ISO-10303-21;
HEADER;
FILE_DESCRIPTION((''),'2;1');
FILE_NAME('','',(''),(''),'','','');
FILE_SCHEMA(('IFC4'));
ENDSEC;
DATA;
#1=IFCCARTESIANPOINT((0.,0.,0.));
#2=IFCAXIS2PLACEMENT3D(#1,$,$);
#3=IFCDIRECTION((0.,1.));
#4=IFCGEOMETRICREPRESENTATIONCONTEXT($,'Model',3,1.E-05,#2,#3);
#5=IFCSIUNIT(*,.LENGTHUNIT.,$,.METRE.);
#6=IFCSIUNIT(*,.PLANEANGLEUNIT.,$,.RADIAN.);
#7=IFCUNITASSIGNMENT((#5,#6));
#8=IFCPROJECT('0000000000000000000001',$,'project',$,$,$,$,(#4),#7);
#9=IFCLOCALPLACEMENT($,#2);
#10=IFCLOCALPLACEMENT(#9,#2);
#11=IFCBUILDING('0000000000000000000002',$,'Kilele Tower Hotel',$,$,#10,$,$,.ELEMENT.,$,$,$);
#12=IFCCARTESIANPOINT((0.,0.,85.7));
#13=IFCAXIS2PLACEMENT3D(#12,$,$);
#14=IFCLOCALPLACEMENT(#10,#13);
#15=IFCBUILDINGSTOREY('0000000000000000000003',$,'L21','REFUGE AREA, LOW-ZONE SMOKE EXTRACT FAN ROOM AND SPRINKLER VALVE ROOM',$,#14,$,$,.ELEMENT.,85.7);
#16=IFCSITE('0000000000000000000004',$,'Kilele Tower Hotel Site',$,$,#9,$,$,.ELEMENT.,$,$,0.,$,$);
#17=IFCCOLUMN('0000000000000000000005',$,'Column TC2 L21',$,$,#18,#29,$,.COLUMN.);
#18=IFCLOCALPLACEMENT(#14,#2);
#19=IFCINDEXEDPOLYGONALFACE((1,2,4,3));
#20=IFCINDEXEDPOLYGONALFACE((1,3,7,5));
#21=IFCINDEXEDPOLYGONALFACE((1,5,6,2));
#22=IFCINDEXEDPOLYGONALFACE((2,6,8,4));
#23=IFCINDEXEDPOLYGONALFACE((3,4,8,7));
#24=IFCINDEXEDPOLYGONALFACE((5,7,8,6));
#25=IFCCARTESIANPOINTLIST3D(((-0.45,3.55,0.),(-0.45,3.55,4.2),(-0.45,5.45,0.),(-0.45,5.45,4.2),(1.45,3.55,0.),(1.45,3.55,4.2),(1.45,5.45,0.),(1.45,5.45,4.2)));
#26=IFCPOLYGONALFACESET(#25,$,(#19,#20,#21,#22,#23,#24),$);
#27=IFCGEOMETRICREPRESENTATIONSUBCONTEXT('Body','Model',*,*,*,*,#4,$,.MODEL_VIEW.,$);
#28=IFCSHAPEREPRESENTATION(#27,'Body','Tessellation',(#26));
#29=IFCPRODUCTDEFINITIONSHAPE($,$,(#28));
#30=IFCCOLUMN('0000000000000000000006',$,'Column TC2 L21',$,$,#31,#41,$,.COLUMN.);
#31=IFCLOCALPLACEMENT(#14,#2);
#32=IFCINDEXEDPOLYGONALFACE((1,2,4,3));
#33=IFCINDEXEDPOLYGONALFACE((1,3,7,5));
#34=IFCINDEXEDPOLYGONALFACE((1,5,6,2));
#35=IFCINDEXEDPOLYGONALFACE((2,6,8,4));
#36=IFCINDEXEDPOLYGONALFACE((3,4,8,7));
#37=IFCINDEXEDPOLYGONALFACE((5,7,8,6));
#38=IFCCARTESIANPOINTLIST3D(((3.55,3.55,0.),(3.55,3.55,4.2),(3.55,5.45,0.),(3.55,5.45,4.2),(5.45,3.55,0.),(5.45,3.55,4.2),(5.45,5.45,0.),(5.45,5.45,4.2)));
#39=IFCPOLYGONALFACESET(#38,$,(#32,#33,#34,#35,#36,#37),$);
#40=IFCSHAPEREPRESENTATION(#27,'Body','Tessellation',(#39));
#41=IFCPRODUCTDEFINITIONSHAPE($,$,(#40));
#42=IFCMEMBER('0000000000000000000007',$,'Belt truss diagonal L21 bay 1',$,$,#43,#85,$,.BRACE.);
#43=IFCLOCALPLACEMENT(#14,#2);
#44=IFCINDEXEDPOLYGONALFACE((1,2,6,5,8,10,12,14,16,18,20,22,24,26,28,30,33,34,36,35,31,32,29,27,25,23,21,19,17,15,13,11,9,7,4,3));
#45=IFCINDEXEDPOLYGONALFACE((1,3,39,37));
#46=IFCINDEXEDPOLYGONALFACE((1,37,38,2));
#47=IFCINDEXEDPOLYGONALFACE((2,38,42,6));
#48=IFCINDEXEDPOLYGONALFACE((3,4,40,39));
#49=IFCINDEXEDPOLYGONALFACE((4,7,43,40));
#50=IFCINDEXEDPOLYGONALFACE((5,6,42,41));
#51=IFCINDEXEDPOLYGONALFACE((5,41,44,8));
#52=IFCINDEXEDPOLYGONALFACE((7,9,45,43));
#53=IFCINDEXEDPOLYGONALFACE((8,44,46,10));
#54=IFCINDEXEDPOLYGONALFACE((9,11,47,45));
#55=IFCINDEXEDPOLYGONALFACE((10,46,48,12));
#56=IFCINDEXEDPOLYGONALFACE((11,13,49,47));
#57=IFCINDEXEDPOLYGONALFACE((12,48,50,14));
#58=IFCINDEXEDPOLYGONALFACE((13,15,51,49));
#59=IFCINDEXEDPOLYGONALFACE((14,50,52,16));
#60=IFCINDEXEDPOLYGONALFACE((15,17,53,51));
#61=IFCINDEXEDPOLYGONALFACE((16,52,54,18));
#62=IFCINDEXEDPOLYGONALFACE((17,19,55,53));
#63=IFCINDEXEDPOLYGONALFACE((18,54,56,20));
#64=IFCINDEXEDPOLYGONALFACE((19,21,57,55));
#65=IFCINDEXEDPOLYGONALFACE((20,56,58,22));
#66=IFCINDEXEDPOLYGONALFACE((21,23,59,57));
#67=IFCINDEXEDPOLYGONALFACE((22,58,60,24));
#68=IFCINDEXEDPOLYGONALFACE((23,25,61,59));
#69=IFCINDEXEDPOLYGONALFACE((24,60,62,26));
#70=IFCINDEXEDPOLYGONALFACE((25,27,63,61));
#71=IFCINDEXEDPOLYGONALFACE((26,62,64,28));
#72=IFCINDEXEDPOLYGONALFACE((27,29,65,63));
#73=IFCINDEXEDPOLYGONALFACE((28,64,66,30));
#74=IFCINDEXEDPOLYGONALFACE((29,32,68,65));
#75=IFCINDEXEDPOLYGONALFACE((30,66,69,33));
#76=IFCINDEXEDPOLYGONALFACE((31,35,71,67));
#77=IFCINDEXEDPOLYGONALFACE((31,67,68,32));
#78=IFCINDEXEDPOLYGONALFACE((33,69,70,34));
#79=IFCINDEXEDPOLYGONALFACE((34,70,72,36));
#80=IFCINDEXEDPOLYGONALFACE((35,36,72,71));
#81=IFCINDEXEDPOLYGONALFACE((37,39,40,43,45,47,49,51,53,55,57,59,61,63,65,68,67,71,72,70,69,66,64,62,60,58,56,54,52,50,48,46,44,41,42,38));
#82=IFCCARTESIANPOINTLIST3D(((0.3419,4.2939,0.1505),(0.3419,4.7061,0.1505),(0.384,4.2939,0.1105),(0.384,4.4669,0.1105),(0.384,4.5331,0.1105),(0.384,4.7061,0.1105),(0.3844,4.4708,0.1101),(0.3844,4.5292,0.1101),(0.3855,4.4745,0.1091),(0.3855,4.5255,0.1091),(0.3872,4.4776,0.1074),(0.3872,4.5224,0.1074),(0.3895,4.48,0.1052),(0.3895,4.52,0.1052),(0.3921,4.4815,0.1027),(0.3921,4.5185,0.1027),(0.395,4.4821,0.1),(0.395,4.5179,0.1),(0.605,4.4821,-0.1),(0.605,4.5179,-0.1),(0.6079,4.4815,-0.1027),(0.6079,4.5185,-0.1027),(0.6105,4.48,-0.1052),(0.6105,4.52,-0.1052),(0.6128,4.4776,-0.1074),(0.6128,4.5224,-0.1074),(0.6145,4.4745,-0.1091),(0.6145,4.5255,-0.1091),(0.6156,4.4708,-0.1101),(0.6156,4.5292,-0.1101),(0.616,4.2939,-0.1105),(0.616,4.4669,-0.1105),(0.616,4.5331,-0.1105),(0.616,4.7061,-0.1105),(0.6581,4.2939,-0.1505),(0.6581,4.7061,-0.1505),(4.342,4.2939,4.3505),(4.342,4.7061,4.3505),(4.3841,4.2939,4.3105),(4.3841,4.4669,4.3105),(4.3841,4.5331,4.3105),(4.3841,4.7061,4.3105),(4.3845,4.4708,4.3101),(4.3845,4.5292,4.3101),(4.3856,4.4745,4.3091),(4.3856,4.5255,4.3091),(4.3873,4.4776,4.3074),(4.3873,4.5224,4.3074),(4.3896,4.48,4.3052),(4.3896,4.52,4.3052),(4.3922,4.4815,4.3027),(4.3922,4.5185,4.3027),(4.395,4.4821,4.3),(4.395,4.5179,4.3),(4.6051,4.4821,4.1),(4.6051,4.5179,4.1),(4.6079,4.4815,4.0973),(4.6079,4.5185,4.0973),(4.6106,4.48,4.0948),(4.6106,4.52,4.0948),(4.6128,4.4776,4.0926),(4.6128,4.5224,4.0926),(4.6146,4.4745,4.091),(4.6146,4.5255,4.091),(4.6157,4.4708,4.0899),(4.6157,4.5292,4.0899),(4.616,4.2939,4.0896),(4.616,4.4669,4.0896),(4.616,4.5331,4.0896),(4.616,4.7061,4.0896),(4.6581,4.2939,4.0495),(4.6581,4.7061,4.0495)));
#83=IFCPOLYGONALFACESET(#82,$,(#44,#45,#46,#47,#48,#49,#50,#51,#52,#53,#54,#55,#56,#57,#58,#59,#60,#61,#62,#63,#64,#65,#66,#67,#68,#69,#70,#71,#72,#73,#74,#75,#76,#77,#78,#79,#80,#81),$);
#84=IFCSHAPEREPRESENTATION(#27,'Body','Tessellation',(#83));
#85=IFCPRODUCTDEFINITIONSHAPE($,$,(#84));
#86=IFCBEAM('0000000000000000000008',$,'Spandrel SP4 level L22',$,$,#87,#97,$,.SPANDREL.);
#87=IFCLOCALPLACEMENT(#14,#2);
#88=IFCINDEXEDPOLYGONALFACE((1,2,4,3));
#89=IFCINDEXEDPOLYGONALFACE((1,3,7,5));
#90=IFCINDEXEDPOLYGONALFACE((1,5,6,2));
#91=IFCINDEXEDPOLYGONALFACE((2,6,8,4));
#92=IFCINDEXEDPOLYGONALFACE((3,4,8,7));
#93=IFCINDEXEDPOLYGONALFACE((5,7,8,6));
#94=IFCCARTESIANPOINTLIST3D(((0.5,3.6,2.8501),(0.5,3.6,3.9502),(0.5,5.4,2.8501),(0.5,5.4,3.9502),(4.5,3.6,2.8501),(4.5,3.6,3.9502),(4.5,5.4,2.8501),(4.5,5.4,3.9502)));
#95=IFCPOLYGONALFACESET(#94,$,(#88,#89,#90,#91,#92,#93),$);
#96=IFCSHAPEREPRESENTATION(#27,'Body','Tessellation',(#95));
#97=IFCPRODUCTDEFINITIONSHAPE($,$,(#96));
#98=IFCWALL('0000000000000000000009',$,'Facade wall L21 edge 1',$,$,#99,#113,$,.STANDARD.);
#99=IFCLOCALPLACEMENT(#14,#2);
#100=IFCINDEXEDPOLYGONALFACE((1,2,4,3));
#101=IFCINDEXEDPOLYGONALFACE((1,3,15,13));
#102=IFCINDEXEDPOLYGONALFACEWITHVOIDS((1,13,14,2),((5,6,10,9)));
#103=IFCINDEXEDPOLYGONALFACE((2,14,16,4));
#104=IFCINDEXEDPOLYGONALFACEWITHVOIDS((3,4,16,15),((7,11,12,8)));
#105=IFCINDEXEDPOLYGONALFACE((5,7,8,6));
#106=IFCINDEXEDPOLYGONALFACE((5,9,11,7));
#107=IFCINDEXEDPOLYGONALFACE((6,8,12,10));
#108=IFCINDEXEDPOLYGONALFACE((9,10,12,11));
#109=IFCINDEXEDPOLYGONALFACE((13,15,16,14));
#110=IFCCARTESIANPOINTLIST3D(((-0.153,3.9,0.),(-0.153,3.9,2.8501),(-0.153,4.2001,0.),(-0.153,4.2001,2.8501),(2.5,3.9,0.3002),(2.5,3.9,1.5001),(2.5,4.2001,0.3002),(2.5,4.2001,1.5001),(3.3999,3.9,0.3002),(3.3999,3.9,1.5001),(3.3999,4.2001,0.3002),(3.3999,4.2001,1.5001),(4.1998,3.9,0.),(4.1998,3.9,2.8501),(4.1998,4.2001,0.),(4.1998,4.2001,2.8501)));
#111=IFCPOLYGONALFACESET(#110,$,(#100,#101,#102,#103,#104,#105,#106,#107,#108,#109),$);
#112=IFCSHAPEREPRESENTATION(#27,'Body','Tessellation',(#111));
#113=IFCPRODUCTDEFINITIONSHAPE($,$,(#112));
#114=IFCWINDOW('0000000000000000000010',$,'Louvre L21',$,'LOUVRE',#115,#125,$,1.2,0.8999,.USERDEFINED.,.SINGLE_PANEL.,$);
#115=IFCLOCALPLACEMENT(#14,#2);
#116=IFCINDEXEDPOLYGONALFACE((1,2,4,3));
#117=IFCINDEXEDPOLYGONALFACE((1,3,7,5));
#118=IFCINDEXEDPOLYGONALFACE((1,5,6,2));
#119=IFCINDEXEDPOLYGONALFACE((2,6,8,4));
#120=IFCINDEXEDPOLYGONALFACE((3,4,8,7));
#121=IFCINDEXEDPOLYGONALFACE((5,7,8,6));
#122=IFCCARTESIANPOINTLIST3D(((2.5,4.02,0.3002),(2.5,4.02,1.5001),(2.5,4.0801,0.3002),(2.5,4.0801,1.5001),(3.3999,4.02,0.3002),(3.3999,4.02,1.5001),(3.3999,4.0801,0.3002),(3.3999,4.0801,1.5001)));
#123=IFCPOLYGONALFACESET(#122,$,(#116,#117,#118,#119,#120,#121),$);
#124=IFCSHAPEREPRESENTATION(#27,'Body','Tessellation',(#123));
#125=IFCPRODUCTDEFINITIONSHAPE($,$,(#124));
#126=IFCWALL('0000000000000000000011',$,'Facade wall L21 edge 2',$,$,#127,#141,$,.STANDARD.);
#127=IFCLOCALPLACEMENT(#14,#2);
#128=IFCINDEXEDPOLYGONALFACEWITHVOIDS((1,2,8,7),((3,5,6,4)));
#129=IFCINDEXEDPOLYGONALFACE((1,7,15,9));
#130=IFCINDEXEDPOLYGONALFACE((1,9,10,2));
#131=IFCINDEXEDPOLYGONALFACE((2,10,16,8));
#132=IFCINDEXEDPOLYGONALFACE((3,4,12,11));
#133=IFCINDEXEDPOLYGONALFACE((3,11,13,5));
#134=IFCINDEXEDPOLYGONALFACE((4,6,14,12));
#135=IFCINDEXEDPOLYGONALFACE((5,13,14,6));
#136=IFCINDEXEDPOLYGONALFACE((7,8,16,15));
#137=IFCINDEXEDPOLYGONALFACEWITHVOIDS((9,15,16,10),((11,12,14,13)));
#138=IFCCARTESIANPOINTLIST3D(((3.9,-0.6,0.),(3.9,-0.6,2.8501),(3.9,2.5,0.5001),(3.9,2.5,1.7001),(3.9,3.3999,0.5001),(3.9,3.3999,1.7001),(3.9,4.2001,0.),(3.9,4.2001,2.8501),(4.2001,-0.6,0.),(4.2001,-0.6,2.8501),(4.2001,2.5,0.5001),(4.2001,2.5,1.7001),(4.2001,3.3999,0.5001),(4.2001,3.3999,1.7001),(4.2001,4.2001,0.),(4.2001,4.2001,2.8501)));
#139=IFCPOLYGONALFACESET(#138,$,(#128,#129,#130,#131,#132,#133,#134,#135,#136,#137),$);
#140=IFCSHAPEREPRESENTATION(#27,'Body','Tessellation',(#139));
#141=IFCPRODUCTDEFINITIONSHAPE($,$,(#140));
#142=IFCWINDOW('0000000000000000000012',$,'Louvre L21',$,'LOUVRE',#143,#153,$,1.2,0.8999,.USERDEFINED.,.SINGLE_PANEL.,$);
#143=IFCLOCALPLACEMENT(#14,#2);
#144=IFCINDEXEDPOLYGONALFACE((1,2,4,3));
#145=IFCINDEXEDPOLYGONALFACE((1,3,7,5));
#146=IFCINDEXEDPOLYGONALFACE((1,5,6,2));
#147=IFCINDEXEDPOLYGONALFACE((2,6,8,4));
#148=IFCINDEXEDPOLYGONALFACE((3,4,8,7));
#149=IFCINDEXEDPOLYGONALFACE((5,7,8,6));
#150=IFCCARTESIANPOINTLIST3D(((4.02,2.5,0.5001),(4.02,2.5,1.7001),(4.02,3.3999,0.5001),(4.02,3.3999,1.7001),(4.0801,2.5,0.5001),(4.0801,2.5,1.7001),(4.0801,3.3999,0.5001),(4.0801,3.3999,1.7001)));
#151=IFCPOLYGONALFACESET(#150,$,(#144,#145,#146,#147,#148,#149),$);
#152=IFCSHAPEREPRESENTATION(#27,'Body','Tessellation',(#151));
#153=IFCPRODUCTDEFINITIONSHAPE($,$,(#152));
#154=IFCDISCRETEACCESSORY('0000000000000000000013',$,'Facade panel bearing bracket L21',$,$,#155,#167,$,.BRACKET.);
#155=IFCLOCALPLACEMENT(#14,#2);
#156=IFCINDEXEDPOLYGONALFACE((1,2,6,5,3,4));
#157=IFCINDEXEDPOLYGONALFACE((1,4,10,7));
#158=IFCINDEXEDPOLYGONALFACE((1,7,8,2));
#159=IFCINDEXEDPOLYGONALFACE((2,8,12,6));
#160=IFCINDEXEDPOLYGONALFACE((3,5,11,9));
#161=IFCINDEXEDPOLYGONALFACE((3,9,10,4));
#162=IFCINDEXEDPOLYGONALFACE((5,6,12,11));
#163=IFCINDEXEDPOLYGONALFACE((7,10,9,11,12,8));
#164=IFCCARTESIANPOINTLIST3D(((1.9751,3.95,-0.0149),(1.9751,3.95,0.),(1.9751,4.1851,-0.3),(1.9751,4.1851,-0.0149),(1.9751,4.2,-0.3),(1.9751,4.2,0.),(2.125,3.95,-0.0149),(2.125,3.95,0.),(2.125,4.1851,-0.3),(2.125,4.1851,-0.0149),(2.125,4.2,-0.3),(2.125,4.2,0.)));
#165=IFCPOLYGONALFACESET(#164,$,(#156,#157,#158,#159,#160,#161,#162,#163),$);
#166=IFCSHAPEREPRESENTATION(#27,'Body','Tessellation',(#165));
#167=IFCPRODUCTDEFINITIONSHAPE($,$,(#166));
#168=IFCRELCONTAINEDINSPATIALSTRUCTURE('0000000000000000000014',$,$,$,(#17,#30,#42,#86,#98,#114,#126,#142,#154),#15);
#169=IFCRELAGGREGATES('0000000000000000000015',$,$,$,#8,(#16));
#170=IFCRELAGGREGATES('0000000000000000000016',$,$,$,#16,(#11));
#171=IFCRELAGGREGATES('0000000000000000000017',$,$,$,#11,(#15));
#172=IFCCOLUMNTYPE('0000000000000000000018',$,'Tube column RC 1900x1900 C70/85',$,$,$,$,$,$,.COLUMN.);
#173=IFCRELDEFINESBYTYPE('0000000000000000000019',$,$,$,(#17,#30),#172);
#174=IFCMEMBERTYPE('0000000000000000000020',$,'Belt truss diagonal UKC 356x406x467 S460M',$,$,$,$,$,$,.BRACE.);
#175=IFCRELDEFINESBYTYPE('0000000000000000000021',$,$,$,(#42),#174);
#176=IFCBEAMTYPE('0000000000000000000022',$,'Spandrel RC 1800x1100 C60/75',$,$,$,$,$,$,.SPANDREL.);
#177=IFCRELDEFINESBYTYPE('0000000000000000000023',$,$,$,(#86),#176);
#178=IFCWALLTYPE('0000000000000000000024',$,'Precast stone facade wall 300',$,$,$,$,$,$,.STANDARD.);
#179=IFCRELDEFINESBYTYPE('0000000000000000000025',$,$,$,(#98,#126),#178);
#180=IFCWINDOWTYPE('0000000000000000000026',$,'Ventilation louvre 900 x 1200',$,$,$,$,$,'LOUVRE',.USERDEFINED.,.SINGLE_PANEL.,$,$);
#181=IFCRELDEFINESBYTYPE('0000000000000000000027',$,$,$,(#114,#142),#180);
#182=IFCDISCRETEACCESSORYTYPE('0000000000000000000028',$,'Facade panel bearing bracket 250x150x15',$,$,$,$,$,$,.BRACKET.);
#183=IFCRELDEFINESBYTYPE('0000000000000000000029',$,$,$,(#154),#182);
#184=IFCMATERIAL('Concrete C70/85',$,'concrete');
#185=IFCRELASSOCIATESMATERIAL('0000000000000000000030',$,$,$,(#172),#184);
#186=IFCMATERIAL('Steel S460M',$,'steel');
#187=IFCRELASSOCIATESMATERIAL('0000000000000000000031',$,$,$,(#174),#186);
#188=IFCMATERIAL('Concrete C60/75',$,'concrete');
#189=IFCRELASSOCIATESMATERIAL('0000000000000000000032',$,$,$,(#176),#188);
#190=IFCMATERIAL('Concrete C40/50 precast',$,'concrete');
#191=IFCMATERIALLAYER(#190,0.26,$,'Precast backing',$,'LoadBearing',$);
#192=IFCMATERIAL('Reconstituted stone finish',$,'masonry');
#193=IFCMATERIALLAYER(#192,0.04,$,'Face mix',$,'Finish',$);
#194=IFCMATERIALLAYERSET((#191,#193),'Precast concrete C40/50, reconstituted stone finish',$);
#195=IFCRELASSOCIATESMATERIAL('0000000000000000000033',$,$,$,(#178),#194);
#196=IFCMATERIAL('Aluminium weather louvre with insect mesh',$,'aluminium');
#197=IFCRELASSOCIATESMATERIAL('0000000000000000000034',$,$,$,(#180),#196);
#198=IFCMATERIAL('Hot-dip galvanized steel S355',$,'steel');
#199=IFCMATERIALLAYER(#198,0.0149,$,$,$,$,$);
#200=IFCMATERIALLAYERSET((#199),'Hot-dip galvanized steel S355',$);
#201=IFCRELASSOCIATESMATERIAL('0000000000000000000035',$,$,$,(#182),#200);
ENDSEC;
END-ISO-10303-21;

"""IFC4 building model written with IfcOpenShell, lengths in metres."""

from ifc_helpers import new_model, si_unit, direction, frame, frame_2d, origin, origin_2d, place, context, subcontext, project, spatial, polyline, rectangle, i_section, outline, extrude, source, transform, mapped, material, layer, layer_set, material_profile, profile_set, type_object, element, fill, save


model = new_model("IFC4")

# Units and contexts
model_context = context("Model", 3, precision=1e-05, world=origin(), true_north=direction((0.0, 1.0)))
body_context = subcontext(model_context, "Body", "Model", "MODEL_VIEW")
ifc_project = project(units=[si_unit("LENGTHUNIT", "METRE"), si_unit("PLANEANGLEUNIT", "RADIAN")], contexts=[model_context])

# Site, building, storey
site_placement = place(None, origin())
site = spatial("IfcSite", under=ifc_project, at=site_placement, Name="Kilele Tower Hotel Site", CompositionType="ELEMENT", RefElevation=0.0)
building_placement = place(site_placement, origin())
building = spatial("IfcBuilding", under=site, at=building_placement, Name="Kilele Tower Hotel", CompositionType="ELEMENT")
storey_placement = place(building_placement, frame((0.0, 0.0, 85.7)))
storey = spatial("IfcBuildingStorey", under=building, at=storey_placement, Name="L21", Description="REFUGE AREA, LOW-ZONE SMOKE EXTRACT FAN ROOM AND SPRINKLER VALVE ROOM", CompositionType="ELEMENT", Elevation=85.7)

# Columns
ifc_material_1 = material(Name="Concrete C70/85", Category="concrete")
ifc_material_profile_1 = material_profile(ifc_material_1, rectangle(XDim=1.8999, YDim=1.8999, at=origin_2d()))
ifc_profile_set_1 = profile_set([ifc_material_profile_1], Name="Concrete C70/85")
column_type = type_object("IfcColumnType", Name="Tube column RC 1900x1900 C70/85", PredefinedType="COLUMN", material=ifc_profile_set_1)
for number, where, z_axis, x_axis, name in (
    (1, (0.5, 4.5, 0.0), (0.0, 0.0, 1.0), (1.0, 0.0, 0.0), "Column TC2 L21"),
    (2, (4.5, 4.5, 0.0), (0.0, 0.0, 1.0), (1.0, 0.0, 0.0), "Column TC2 L21"),
):
    element("IfcColumn", number, at=place(storey_placement, frame(where, z_axis=z_axis, x_axis=x_axis)), inside=storey, type_object=column_type, Name=name, PredefinedType="COLUMN", context=body_context, shape_type="SweptSolid", body=[
        extrude(rectangle(XDim=1.8999, YDim=1.8999, at=origin_2d()), origin(), (0.0, 0.0, 1.0), 4.2),
    ])

# Member
ifc_material_2 = material(Name="Steel S460M", Category="steel")
ifc_material_profile_2 = material_profile(ifc_material_2, i_section(OverallWidth=0.4121, OverallDepth=0.4365, WebThickness=0.0359, FlangeThickness=0.0581, FilletRadius=0.0151, at=origin_2d()))
ifc_profile_set_2 = profile_set([ifc_material_profile_2], Name="Steel S460M")
member_type = type_object("IfcMemberType", Name="Belt truss diagonal UKC 356x406x467 S460M", PredefinedType="BRACE", material=ifc_profile_set_2)
member_placement = place(storey_placement, frame((0.5, 4.5, 0.0), z_axis=(0.689659, 0.0, 0.724134), x_axis=(0.0, 1.0, 0.0)))
element("IfcMember", 3, at=member_placement, inside=storey, type_object=member_type, Name="Belt truss diagonal L21 bay 1", PredefinedType="BRACE", context=body_context, shape_type="SweptSolid", body=[
    extrude(i_section(OverallWidth=0.4121, OverallDepth=0.4365, WebThickness=0.0359, FlangeThickness=0.0581, FilletRadius=0.0151, at=origin_2d()), origin(), (0.0, 0.0, 1.0), 5.8),
])

# Beam
ifc_material_3 = material(Name="Concrete C60/75", Category="concrete")
ifc_material_profile_3 = material_profile(ifc_material_3, rectangle(XDim=1.8, YDim=1.1001, at=origin_2d()))
ifc_profile_set_3 = profile_set([ifc_material_profile_3], Name="Concrete C60/75")
beam_type = type_object("IfcBeamType", Name="Spandrel RC 1800x1100 C60/75", PredefinedType="SPANDREL", material=ifc_profile_set_3)
beam_placement = place(storey_placement, frame((0.5, 4.5, 3.4001), z_axis=(1.0, 0.0, 0.0), x_axis=(0.0, 1.0, 0.0)))
element("IfcBeam", 4, at=beam_placement, inside=storey, type_object=beam_type, Name="Spandrel SP4 level L22", PredefinedType="SPANDREL", context=body_context, shape_type="SweptSolid", body=[
    extrude(rectangle(XDim=1.8, YDim=1.1001, at=origin_2d()), origin(), (0.0, 0.0, 1.0), 4.0),
])

# Walls, openings, windows
ifc_material_4 = material(Name="Concrete C40/50 precast", Category="concrete")
ifc_layer_1 = layer(ifc_material_4, 0.26, Name="Precast backing", Category="LoadBearing")
ifc_material_5 = material(Name="Reconstituted stone finish", Category="masonry")
ifc_layer_2 = layer(ifc_material_5, 0.04, Name="Face mix", Category="Finish")
ifc_layer_set_1 = layer_set([ifc_layer_1, ifc_layer_2], Name="Precast concrete C40/50, reconstituted stone finish")
wall_type = type_object("IfcWallType", Name="Precast stone facade wall 300", PredefinedType="STANDARD", material=ifc_layer_set_1)
wall_1_placement = place(storey_placement, frame((-0.1528, 4.05, 0.0), z_axis=(0.0, 0.0, 1.0), x_axis=(1.0, 0.0, 0.0)))
wall_1 = element("IfcWall", 5, at=wall_1_placement, inside=storey, type_object=wall_type, Name="Facade wall L21 edge 1", PredefinedType="STANDARD", context=body_context, shape_type="SweptSolid", body=[
    extrude(rectangle(XDim=4.3528, YDim=0.3, at=frame_2d((2.1763, 0.0))), origin(), (0.0, 0.0, 1.0), 2.8501),
])
opening_1_placement = place(wall_1_placement, frame((2.6528, 0.0, 0.3)))
opening_1 = element("IfcOpeningElement", 6, at=opening_1_placement, cuts=wall_1, PredefinedType="OPENING", context=body_context, shape_type="SweptSolid", body=[
    extrude(rectangle(XDim=0.8999, YDim=1.2, at=frame_2d((0.45, 0.6001))), frame((0.0, 0.1599, 0.0), z_axis=(0.0, -1.0, 0.0), x_axis=(1.0, 0.0, 0.0)), (0.0, 0.0, 1.0), 0.3201),
])
ifc_material_6 = material(Name="Aluminium weather louvre with insect mesh", Category="aluminium")
window_type = type_object("IfcWindowType", Name="Ventilation louvre 900 x 1200", ElementType="LOUVRE", PartitioningType="SINGLE_PANEL", PredefinedType="USERDEFINED", material=ifc_material_6)
window_1_placement = place(opening_1_placement, origin())
window_1 = element("IfcWindow", 7, at=window_1_placement, inside=storey, type_object=window_type, Name="Louvre L21", ObjectType="LOUVRE", OverallHeight=1.2, OverallWidth=0.8999, PartitioningType="SINGLE_PANEL", PredefinedType="USERDEFINED", context=body_context, shape_type="SweptSolid", body=[
    extrude(rectangle(XDim=0.8999, YDim=1.2, at=frame_2d((0.45, 0.6001))), frame((0.0, 0.03, 0.0), z_axis=(0.0, -1.0, 0.0), x_axis=(1.0, 0.0, 0.0)), (0.0, 0.0, 1.0), 0.0601),
])
fill(opening_1, window_1)
wall_2_placement = place(storey_placement, frame((4.05, 4.2, 0.0), z_axis=(0.0, 0.0, 1.0), x_axis=(0.0, -1.0, 0.0)))
wall_2 = element("IfcWall", 8, at=wall_2_placement, inside=storey, type_object=wall_type, Name="Facade wall L21 edge 2", PredefinedType="STANDARD", context=body_context, shape_type="SweptSolid", body=[
    extrude(rectangle(XDim=4.8, YDim=0.3, at=frame_2d((2.3999, 0.0))), origin(), (0.0, 0.0, 1.0), 2.8501),
])
opening_2_placement = place(wall_2_placement, frame((0.8, 0.0, 0.5)))
opening_2 = element("IfcOpeningElement", 9, at=opening_2_placement, cuts=wall_2, PredefinedType="OPENING", context=body_context, shape_type="SweptSolid", body=[
    extrude(rectangle(XDim=0.8999, YDim=1.2, at=frame_2d((0.45, 0.6001))), frame((0.0, 0.1599, 0.0), z_axis=(0.0, -1.0, 0.0), x_axis=(1.0, 0.0, 0.0)), (0.0, 0.0, 1.0), 0.3201),
])
window_2_placement = place(opening_2_placement, origin())
window_2 = element("IfcWindow", 10, at=window_2_placement, inside=storey, type_object=window_type, Name="Louvre L21", ObjectType="LOUVRE", OverallHeight=1.2, OverallWidth=0.8999, PartitioningType="SINGLE_PANEL", PredefinedType="USERDEFINED", context=body_context, shape_type="SweptSolid", body=[
    extrude(rectangle(XDim=0.8999, YDim=1.2, at=frame_2d((0.45, 0.6001))), frame((0.0, 0.03, 0.0), z_axis=(0.0, -1.0, 0.0), x_axis=(1.0, 0.0, 0.0)), (0.0, 0.0, 1.0), 0.0601),
])
fill(opening_2, window_2)

# Discrete accessory
ifc_material_7 = material(Name="Hot-dip galvanized steel S355", Category="steel")
ifc_layer_3 = layer(ifc_material_7, 0.0149)
ifc_layer_set_2 = layer_set([ifc_layer_3], Name="Hot-dip galvanized steel S355")
discrete_accessory_type_1 = type_object("IfcDiscreteAccessoryType", Name="Facade panel bearing bracket 250x150x15", PredefinedType="BRACKET", material=ifc_layer_set_2)
shared_shape_1 = source(origin(), body_context, "Body", "SweptSolid", [
    extrude(outline(polyline([(0.0, 0.0), (0.25, 0.0), (0.25, -0.0149), (0.0149, -0.0149), (0.0149, -0.3), (0.0, -0.3), (0.0, 0.0)])), origin(), (0.0, 0.0, 1.0), 0.1499),
])
for number, where, z_axis, x_axis, name in (
    (11, (2.125, 4.2, 0.0), (-1.0, 0.0, 0.0), (0.0, -1.0, 0.0), "Facade panel bearing bracket L21"),
):
    element("IfcDiscreteAccessory", number, at=place(storey_placement, frame(where, z_axis=z_axis, x_axis=x_axis)), inside=storey, type_object=discrete_accessory_type_1, Name=name, PredefinedType="BRACKET", context=body_context, shape_type="MappedRepresentation", body=[
        mapped(shared_shape_1, transform((0.0, 0.0, 0.0))),
    ])

save(model, "model.ifc")
